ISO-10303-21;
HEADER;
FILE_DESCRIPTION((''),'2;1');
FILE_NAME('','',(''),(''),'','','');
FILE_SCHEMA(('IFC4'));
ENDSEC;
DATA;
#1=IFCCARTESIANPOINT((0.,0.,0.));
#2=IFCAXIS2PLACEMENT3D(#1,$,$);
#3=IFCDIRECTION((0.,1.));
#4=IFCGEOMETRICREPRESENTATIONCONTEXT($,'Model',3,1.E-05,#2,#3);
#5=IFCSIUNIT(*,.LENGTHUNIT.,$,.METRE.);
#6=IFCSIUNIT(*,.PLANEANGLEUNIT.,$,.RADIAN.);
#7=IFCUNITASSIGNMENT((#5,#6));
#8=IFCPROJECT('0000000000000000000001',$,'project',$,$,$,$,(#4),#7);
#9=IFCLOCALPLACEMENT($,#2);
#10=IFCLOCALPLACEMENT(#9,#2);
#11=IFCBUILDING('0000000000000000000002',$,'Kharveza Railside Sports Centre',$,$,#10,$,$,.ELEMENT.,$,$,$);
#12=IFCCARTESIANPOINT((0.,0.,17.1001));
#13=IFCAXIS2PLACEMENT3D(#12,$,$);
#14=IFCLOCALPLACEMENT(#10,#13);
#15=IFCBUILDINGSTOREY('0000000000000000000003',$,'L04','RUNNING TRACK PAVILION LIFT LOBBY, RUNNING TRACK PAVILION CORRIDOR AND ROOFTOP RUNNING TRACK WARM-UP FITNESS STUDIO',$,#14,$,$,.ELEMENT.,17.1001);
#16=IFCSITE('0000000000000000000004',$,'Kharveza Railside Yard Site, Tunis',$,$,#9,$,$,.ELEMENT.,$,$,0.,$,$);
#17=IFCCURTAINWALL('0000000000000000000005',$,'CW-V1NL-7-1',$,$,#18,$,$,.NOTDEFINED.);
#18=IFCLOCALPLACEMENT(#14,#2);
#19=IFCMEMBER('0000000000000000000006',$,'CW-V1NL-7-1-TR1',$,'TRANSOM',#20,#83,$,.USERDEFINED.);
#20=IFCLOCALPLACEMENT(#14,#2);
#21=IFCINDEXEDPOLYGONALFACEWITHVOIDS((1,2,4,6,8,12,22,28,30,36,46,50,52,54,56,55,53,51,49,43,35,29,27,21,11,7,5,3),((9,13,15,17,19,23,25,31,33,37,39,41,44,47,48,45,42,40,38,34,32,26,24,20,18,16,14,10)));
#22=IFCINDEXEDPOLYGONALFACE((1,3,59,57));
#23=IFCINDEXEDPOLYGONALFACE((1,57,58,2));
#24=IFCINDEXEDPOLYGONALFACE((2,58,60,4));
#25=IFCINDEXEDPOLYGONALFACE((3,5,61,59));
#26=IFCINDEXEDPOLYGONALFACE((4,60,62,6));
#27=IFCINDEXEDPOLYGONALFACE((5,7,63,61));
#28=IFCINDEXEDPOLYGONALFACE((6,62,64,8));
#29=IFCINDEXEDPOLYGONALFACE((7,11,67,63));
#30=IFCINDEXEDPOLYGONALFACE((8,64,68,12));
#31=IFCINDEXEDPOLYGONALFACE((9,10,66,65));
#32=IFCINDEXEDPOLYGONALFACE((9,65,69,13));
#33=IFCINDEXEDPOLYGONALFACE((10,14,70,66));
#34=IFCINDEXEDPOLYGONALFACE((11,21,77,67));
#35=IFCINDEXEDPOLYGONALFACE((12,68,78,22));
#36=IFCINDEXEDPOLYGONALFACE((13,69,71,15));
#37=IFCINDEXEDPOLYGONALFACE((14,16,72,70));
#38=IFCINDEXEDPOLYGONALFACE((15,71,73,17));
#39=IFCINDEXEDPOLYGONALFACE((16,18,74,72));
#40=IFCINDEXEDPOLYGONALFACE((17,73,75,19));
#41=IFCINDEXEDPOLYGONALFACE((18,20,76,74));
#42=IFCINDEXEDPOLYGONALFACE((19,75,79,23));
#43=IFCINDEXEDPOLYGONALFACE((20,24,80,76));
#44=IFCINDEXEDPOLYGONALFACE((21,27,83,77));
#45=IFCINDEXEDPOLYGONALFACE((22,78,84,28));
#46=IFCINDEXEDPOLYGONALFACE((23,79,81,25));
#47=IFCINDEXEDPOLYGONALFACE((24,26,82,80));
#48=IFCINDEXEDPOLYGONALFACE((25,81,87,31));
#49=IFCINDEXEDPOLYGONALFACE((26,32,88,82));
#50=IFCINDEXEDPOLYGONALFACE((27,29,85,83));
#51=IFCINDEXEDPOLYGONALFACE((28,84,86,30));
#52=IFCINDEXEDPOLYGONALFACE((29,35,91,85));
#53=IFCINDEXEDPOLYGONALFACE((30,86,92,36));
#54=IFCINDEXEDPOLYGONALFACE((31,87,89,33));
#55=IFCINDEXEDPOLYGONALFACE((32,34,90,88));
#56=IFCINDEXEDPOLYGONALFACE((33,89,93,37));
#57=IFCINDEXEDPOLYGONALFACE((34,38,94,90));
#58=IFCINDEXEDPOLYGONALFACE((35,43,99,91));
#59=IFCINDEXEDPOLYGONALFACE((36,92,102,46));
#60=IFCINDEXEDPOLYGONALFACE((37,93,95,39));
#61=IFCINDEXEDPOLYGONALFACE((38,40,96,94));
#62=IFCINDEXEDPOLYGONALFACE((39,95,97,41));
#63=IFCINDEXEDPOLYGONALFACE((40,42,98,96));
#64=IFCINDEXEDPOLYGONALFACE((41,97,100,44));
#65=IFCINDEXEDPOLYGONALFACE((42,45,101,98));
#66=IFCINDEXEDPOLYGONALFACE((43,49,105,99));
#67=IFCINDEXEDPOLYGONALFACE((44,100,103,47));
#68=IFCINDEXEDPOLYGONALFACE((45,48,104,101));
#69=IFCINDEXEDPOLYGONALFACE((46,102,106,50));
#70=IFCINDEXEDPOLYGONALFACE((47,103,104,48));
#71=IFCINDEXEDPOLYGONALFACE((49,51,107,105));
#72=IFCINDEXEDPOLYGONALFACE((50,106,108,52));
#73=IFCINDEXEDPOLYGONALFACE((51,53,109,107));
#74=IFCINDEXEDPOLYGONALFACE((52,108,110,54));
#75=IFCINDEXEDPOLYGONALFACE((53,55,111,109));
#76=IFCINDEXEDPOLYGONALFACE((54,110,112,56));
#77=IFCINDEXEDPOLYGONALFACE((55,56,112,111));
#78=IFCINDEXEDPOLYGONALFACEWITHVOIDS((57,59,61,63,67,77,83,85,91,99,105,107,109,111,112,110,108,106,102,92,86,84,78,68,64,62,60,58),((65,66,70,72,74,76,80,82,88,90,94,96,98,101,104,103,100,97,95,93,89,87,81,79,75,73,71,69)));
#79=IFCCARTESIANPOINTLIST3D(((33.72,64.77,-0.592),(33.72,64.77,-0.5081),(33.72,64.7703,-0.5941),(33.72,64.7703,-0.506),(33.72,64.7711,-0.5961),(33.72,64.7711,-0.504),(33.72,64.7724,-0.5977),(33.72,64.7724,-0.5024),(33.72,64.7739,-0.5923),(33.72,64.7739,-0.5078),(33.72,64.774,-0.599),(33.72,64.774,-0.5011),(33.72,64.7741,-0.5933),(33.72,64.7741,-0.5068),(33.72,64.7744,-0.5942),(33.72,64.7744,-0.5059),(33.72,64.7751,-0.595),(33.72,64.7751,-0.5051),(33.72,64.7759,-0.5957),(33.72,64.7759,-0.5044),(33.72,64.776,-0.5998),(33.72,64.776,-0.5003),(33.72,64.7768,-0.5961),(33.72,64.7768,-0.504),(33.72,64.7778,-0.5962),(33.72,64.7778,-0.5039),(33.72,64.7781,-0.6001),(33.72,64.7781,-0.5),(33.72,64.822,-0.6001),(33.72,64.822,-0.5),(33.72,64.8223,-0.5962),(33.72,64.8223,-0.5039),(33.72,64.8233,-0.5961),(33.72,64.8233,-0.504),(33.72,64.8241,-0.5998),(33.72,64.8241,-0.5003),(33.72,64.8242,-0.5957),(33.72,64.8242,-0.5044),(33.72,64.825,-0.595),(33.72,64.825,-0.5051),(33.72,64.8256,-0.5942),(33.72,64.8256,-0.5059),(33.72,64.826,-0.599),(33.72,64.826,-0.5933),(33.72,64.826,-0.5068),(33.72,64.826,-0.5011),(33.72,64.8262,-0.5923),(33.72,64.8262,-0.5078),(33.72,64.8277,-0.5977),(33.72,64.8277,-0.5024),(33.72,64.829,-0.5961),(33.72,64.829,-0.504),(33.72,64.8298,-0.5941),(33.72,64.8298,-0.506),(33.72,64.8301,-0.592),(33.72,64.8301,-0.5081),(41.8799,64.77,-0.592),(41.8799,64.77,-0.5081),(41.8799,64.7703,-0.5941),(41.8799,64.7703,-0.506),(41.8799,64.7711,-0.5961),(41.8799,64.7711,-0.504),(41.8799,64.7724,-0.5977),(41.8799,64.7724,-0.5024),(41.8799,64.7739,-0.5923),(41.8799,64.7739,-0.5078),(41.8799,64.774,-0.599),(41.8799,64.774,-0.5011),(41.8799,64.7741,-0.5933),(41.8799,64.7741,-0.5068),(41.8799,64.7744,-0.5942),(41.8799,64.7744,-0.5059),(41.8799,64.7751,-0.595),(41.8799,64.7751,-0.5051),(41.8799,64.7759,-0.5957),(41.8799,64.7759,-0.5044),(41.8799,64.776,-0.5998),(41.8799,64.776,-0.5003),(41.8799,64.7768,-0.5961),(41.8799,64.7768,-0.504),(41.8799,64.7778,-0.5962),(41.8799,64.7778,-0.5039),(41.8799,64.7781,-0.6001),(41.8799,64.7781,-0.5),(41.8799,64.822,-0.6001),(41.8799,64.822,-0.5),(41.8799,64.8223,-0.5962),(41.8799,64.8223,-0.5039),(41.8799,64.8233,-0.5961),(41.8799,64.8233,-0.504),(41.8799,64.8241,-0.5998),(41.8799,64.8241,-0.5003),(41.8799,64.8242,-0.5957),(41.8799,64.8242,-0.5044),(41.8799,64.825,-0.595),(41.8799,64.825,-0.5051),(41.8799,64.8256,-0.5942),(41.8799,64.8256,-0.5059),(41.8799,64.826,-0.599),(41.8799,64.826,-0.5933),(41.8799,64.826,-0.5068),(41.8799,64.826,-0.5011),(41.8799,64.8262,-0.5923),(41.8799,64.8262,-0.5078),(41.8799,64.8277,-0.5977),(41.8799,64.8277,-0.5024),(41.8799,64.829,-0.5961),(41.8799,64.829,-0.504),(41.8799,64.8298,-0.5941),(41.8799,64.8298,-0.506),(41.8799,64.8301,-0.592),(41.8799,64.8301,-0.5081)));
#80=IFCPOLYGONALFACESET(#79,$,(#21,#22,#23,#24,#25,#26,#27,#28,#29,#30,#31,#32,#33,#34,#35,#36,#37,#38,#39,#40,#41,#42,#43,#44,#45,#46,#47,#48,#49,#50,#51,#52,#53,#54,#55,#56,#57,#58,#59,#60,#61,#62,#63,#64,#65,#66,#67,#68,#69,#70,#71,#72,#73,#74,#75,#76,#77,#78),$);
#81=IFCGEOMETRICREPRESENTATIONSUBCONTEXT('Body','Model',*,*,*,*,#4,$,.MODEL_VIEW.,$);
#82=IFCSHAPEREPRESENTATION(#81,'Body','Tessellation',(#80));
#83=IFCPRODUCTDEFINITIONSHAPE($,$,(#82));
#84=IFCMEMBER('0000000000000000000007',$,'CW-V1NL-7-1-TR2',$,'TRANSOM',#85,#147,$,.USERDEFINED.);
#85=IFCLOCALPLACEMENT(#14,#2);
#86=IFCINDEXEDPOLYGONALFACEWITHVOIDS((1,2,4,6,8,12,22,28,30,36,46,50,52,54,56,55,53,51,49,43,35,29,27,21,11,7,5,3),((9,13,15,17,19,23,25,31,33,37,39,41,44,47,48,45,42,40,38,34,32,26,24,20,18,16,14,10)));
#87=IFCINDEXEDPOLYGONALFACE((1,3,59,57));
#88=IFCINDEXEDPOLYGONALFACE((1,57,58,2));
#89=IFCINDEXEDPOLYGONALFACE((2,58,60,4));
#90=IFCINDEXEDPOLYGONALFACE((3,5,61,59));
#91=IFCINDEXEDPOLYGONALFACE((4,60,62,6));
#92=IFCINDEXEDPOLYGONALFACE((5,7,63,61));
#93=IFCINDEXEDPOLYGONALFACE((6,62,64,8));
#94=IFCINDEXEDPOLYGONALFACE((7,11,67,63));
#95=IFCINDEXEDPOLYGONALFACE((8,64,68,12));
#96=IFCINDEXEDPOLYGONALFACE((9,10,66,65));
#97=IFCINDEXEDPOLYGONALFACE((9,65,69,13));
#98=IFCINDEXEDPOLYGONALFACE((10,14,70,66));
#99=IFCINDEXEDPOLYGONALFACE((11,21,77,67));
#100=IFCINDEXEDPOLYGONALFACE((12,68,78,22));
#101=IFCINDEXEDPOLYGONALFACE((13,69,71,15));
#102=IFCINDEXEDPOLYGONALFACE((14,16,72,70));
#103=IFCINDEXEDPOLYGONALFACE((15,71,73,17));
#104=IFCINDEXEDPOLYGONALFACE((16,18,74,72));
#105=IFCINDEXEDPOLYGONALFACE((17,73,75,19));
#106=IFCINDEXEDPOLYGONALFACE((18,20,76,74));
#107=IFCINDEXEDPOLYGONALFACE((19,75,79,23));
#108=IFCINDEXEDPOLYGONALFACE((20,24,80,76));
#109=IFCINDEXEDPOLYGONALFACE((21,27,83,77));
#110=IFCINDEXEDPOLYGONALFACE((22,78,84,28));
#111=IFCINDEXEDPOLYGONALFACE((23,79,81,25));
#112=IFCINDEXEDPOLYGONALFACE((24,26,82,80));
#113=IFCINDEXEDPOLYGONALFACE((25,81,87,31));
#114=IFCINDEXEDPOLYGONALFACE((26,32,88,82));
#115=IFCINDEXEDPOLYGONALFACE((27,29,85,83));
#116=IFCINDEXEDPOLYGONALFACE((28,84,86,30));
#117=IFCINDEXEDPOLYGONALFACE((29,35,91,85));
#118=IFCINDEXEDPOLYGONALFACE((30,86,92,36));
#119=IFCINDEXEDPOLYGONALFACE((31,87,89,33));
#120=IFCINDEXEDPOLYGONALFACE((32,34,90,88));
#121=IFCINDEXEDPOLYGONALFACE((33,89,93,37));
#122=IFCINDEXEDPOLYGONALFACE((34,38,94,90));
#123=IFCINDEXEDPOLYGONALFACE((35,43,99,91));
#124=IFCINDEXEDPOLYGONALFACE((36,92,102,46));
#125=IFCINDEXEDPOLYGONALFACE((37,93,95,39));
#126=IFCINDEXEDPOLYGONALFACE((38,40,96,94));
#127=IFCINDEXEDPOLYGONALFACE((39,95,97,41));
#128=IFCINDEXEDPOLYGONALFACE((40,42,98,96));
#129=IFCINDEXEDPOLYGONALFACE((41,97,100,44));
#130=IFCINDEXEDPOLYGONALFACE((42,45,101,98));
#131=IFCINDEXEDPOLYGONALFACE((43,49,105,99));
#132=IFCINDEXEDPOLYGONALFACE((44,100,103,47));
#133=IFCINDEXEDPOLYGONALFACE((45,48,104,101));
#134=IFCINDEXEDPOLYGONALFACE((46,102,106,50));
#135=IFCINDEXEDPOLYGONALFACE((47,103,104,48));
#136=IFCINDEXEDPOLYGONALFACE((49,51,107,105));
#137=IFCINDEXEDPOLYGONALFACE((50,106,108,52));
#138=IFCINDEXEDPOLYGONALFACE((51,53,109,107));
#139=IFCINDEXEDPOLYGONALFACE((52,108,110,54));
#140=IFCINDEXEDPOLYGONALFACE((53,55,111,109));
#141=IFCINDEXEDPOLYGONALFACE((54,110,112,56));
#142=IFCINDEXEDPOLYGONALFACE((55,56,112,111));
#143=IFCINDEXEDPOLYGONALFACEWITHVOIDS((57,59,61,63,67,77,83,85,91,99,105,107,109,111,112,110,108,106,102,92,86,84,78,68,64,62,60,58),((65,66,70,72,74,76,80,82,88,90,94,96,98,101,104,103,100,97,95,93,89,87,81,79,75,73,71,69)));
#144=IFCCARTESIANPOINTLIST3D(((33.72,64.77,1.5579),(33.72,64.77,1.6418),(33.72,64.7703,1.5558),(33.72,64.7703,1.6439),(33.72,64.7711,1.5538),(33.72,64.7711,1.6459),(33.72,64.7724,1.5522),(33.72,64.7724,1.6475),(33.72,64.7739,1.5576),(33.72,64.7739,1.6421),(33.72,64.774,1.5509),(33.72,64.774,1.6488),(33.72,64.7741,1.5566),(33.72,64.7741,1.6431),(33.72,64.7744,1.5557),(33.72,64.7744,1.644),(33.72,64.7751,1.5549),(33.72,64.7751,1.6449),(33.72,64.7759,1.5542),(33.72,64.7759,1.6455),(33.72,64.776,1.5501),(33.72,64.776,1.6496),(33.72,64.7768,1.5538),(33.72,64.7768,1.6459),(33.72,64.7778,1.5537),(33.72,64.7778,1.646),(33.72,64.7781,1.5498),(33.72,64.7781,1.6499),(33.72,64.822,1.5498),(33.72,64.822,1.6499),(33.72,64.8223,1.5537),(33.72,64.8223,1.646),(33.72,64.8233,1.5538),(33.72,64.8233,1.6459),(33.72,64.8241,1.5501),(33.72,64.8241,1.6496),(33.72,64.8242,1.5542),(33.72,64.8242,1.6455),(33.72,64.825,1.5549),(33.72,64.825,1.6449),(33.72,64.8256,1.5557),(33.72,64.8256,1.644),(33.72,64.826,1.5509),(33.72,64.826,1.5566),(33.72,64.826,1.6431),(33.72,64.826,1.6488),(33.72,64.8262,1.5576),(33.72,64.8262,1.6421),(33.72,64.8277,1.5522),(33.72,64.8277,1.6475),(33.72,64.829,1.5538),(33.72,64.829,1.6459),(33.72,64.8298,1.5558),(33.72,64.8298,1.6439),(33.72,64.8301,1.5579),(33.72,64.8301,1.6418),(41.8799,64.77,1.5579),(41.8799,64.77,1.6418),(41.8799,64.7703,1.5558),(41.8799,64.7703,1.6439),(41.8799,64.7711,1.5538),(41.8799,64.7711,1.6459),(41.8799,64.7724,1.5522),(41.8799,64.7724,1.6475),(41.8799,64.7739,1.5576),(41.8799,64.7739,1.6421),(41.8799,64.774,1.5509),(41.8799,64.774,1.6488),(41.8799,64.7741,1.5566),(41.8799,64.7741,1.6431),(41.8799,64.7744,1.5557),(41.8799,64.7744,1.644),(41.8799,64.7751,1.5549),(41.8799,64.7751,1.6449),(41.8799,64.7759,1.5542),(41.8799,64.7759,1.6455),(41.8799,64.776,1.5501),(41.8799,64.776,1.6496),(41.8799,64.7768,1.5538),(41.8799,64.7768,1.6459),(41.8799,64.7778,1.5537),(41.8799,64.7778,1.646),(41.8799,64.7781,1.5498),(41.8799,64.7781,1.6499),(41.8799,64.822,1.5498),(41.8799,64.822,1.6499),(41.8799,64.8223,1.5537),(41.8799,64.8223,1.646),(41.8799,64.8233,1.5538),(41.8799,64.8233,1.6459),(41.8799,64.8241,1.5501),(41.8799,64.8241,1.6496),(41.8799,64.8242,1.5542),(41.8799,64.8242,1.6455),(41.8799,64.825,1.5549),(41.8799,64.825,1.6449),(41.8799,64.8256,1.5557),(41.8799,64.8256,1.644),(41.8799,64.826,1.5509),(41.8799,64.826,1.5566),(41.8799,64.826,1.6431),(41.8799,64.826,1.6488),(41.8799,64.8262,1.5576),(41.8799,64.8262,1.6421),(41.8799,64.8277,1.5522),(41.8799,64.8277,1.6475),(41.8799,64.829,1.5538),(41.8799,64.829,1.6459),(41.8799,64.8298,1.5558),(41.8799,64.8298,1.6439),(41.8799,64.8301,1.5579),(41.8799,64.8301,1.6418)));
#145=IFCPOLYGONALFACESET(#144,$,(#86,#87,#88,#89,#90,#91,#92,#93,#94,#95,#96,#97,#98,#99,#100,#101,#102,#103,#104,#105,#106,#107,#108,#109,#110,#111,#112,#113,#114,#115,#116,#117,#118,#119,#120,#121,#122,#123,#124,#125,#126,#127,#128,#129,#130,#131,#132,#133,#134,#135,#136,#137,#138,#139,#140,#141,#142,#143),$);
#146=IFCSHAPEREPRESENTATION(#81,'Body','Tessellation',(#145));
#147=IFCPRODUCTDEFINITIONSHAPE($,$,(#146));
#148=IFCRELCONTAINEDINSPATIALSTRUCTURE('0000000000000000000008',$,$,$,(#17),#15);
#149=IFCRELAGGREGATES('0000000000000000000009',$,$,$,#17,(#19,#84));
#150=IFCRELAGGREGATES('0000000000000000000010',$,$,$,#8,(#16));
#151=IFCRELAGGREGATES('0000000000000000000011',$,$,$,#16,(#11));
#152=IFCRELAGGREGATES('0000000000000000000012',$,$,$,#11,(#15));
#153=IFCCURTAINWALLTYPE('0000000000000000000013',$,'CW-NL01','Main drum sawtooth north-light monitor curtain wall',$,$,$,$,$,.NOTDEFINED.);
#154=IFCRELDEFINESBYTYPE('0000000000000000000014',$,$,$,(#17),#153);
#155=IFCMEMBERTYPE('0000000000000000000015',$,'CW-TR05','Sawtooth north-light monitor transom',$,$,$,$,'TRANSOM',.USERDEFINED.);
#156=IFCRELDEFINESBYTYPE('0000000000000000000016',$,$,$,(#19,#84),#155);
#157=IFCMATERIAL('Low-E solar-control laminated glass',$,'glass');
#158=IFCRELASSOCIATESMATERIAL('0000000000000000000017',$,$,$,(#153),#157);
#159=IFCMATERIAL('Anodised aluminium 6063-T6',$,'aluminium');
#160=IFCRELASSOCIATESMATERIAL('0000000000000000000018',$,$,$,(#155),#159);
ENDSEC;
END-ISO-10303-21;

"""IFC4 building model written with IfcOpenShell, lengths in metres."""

from ifc_helpers import new_model, si_unit, direction, frame, origin, origin_2d, place, context, subcontext, project, spatial, hollow_rectangle, extrude, material, material_profile, profile_set, type_object, element, aggregate, save


model = new_model("IFC4")

# Units and contexts
model_context = context("Model", 3, precision=1e-05, world=origin(), true_north=direction((0.0, 1.0)))
body_context = subcontext(model_context, "Body", "Model", "MODEL_VIEW")
ifc_project = project(units=[si_unit("LENGTHUNIT", "METRE"), si_unit("PLANEANGLEUNIT", "RADIAN")], contexts=[model_context])

# Site, building, storey
site_placement = place(None, origin())
site = spatial("IfcSite", under=ifc_project, at=site_placement, Name="Kharveza Railside Yard Site, Tunis", CompositionType="ELEMENT", RefElevation=0.0)
building_placement = place(site_placement, origin())
building = spatial("IfcBuilding", under=site, at=building_placement, Name="Kharveza Railside Sports Centre", CompositionType="ELEMENT")
storey_placement = place(building_placement, frame((0.0, 0.0, 17.1001)))
storey = spatial("IfcBuildingStorey", under=building, at=storey_placement, Name="L04", Description="RUNNING TRACK PAVILION LIFT LOBBY, RUNNING TRACK PAVILION CORRIDOR AND ROOFTOP RUNNING TRACK WARM-UP FITNESS STUDIO", CompositionType="ELEMENT", Elevation=17.1001)

# Curtain wall
ifc_material_1 = material(Name="Low-E solar-control laminated glass", Category="glass")
curtain_wall_type = type_object("IfcCurtainWallType", Name="CW-NL01", Description="Main drum sawtooth north-light monitor curtain wall", PredefinedType="NOTDEFINED", material=ifc_material_1)
curtain_wall_1_placement = place(storey_placement, origin())
curtain_wall_1 = element("IfcCurtainWall", 1, at=curtain_wall_1_placement, inside=storey, type_object=curtain_wall_type, Name="CW-V1NL-7-1", PredefinedType="NOTDEFINED")
ifc_material_2 = material(Name="Anodised aluminium 6063-T6", Category="aluminium")

# Members
ifc_material_profile_1 = material_profile(ifc_material_2, hollow_rectangle(XDim=0.0601, YDim=0.1001, WallThickness=0.0039, InnerFilletRadius=0.0039, OuterFilletRadius=0.0081, at=origin_2d()), Name="RHS 60x100x4.0")
ifc_profile_set_1 = profile_set([ifc_material_profile_1], Name="Anodised aluminium 6063-T6")
member_type_1 = type_object("IfcMemberType", Name="CW-TR05", Description="Sawtooth north-light monitor transom", ElementType="TRANSOM", PredefinedType="USERDEFINED", material=ifc_profile_set_1)
member_1_placement = place(storey_placement, frame((33.72, 64.8, -0.55), z_axis=(1.0, 0.0, 0.0), x_axis=(0.0, 1.0, 0.0)))
member_1 = element("IfcMember", 2, at=member_1_placement, type_object=member_type_1, Name="CW-V1NL-7-1-TR1", ObjectType="TRANSOM", PredefinedType="USERDEFINED", context=body_context, shape_type="SweptSolid", body=[
    extrude(hollow_rectangle(XDim=0.0601, YDim=0.1001, WallThickness=0.0039, InnerFilletRadius=0.0039, OuterFilletRadius=0.0081, at=origin_2d()), origin(), (0.0, 0.0, 1.0), 8.1599),
])
member_2_placement = place(storey_placement, frame((33.72, 64.8, 1.5999), z_axis=(1.0, 0.0, 0.0), x_axis=(0.0, 1.0, 0.0)))
member_2 = element("IfcMember", 3, at=member_2_placement, type_object=member_type_1, Name="CW-V1NL-7-1-TR2", ObjectType="TRANSOM", PredefinedType="USERDEFINED", context=body_context, shape_type="SweptSolid", body=[
    extrude(hollow_rectangle(XDim=0.0601, YDim=0.1001, WallThickness=0.0039, InnerFilletRadius=0.0039, OuterFilletRadius=0.0081, at=origin_2d()), origin(), (0.0, 0.0, 1.0), 8.1599),
])

aggregate(curtain_wall_1, [member_1, member_2])

save(model, "model.ifc")
